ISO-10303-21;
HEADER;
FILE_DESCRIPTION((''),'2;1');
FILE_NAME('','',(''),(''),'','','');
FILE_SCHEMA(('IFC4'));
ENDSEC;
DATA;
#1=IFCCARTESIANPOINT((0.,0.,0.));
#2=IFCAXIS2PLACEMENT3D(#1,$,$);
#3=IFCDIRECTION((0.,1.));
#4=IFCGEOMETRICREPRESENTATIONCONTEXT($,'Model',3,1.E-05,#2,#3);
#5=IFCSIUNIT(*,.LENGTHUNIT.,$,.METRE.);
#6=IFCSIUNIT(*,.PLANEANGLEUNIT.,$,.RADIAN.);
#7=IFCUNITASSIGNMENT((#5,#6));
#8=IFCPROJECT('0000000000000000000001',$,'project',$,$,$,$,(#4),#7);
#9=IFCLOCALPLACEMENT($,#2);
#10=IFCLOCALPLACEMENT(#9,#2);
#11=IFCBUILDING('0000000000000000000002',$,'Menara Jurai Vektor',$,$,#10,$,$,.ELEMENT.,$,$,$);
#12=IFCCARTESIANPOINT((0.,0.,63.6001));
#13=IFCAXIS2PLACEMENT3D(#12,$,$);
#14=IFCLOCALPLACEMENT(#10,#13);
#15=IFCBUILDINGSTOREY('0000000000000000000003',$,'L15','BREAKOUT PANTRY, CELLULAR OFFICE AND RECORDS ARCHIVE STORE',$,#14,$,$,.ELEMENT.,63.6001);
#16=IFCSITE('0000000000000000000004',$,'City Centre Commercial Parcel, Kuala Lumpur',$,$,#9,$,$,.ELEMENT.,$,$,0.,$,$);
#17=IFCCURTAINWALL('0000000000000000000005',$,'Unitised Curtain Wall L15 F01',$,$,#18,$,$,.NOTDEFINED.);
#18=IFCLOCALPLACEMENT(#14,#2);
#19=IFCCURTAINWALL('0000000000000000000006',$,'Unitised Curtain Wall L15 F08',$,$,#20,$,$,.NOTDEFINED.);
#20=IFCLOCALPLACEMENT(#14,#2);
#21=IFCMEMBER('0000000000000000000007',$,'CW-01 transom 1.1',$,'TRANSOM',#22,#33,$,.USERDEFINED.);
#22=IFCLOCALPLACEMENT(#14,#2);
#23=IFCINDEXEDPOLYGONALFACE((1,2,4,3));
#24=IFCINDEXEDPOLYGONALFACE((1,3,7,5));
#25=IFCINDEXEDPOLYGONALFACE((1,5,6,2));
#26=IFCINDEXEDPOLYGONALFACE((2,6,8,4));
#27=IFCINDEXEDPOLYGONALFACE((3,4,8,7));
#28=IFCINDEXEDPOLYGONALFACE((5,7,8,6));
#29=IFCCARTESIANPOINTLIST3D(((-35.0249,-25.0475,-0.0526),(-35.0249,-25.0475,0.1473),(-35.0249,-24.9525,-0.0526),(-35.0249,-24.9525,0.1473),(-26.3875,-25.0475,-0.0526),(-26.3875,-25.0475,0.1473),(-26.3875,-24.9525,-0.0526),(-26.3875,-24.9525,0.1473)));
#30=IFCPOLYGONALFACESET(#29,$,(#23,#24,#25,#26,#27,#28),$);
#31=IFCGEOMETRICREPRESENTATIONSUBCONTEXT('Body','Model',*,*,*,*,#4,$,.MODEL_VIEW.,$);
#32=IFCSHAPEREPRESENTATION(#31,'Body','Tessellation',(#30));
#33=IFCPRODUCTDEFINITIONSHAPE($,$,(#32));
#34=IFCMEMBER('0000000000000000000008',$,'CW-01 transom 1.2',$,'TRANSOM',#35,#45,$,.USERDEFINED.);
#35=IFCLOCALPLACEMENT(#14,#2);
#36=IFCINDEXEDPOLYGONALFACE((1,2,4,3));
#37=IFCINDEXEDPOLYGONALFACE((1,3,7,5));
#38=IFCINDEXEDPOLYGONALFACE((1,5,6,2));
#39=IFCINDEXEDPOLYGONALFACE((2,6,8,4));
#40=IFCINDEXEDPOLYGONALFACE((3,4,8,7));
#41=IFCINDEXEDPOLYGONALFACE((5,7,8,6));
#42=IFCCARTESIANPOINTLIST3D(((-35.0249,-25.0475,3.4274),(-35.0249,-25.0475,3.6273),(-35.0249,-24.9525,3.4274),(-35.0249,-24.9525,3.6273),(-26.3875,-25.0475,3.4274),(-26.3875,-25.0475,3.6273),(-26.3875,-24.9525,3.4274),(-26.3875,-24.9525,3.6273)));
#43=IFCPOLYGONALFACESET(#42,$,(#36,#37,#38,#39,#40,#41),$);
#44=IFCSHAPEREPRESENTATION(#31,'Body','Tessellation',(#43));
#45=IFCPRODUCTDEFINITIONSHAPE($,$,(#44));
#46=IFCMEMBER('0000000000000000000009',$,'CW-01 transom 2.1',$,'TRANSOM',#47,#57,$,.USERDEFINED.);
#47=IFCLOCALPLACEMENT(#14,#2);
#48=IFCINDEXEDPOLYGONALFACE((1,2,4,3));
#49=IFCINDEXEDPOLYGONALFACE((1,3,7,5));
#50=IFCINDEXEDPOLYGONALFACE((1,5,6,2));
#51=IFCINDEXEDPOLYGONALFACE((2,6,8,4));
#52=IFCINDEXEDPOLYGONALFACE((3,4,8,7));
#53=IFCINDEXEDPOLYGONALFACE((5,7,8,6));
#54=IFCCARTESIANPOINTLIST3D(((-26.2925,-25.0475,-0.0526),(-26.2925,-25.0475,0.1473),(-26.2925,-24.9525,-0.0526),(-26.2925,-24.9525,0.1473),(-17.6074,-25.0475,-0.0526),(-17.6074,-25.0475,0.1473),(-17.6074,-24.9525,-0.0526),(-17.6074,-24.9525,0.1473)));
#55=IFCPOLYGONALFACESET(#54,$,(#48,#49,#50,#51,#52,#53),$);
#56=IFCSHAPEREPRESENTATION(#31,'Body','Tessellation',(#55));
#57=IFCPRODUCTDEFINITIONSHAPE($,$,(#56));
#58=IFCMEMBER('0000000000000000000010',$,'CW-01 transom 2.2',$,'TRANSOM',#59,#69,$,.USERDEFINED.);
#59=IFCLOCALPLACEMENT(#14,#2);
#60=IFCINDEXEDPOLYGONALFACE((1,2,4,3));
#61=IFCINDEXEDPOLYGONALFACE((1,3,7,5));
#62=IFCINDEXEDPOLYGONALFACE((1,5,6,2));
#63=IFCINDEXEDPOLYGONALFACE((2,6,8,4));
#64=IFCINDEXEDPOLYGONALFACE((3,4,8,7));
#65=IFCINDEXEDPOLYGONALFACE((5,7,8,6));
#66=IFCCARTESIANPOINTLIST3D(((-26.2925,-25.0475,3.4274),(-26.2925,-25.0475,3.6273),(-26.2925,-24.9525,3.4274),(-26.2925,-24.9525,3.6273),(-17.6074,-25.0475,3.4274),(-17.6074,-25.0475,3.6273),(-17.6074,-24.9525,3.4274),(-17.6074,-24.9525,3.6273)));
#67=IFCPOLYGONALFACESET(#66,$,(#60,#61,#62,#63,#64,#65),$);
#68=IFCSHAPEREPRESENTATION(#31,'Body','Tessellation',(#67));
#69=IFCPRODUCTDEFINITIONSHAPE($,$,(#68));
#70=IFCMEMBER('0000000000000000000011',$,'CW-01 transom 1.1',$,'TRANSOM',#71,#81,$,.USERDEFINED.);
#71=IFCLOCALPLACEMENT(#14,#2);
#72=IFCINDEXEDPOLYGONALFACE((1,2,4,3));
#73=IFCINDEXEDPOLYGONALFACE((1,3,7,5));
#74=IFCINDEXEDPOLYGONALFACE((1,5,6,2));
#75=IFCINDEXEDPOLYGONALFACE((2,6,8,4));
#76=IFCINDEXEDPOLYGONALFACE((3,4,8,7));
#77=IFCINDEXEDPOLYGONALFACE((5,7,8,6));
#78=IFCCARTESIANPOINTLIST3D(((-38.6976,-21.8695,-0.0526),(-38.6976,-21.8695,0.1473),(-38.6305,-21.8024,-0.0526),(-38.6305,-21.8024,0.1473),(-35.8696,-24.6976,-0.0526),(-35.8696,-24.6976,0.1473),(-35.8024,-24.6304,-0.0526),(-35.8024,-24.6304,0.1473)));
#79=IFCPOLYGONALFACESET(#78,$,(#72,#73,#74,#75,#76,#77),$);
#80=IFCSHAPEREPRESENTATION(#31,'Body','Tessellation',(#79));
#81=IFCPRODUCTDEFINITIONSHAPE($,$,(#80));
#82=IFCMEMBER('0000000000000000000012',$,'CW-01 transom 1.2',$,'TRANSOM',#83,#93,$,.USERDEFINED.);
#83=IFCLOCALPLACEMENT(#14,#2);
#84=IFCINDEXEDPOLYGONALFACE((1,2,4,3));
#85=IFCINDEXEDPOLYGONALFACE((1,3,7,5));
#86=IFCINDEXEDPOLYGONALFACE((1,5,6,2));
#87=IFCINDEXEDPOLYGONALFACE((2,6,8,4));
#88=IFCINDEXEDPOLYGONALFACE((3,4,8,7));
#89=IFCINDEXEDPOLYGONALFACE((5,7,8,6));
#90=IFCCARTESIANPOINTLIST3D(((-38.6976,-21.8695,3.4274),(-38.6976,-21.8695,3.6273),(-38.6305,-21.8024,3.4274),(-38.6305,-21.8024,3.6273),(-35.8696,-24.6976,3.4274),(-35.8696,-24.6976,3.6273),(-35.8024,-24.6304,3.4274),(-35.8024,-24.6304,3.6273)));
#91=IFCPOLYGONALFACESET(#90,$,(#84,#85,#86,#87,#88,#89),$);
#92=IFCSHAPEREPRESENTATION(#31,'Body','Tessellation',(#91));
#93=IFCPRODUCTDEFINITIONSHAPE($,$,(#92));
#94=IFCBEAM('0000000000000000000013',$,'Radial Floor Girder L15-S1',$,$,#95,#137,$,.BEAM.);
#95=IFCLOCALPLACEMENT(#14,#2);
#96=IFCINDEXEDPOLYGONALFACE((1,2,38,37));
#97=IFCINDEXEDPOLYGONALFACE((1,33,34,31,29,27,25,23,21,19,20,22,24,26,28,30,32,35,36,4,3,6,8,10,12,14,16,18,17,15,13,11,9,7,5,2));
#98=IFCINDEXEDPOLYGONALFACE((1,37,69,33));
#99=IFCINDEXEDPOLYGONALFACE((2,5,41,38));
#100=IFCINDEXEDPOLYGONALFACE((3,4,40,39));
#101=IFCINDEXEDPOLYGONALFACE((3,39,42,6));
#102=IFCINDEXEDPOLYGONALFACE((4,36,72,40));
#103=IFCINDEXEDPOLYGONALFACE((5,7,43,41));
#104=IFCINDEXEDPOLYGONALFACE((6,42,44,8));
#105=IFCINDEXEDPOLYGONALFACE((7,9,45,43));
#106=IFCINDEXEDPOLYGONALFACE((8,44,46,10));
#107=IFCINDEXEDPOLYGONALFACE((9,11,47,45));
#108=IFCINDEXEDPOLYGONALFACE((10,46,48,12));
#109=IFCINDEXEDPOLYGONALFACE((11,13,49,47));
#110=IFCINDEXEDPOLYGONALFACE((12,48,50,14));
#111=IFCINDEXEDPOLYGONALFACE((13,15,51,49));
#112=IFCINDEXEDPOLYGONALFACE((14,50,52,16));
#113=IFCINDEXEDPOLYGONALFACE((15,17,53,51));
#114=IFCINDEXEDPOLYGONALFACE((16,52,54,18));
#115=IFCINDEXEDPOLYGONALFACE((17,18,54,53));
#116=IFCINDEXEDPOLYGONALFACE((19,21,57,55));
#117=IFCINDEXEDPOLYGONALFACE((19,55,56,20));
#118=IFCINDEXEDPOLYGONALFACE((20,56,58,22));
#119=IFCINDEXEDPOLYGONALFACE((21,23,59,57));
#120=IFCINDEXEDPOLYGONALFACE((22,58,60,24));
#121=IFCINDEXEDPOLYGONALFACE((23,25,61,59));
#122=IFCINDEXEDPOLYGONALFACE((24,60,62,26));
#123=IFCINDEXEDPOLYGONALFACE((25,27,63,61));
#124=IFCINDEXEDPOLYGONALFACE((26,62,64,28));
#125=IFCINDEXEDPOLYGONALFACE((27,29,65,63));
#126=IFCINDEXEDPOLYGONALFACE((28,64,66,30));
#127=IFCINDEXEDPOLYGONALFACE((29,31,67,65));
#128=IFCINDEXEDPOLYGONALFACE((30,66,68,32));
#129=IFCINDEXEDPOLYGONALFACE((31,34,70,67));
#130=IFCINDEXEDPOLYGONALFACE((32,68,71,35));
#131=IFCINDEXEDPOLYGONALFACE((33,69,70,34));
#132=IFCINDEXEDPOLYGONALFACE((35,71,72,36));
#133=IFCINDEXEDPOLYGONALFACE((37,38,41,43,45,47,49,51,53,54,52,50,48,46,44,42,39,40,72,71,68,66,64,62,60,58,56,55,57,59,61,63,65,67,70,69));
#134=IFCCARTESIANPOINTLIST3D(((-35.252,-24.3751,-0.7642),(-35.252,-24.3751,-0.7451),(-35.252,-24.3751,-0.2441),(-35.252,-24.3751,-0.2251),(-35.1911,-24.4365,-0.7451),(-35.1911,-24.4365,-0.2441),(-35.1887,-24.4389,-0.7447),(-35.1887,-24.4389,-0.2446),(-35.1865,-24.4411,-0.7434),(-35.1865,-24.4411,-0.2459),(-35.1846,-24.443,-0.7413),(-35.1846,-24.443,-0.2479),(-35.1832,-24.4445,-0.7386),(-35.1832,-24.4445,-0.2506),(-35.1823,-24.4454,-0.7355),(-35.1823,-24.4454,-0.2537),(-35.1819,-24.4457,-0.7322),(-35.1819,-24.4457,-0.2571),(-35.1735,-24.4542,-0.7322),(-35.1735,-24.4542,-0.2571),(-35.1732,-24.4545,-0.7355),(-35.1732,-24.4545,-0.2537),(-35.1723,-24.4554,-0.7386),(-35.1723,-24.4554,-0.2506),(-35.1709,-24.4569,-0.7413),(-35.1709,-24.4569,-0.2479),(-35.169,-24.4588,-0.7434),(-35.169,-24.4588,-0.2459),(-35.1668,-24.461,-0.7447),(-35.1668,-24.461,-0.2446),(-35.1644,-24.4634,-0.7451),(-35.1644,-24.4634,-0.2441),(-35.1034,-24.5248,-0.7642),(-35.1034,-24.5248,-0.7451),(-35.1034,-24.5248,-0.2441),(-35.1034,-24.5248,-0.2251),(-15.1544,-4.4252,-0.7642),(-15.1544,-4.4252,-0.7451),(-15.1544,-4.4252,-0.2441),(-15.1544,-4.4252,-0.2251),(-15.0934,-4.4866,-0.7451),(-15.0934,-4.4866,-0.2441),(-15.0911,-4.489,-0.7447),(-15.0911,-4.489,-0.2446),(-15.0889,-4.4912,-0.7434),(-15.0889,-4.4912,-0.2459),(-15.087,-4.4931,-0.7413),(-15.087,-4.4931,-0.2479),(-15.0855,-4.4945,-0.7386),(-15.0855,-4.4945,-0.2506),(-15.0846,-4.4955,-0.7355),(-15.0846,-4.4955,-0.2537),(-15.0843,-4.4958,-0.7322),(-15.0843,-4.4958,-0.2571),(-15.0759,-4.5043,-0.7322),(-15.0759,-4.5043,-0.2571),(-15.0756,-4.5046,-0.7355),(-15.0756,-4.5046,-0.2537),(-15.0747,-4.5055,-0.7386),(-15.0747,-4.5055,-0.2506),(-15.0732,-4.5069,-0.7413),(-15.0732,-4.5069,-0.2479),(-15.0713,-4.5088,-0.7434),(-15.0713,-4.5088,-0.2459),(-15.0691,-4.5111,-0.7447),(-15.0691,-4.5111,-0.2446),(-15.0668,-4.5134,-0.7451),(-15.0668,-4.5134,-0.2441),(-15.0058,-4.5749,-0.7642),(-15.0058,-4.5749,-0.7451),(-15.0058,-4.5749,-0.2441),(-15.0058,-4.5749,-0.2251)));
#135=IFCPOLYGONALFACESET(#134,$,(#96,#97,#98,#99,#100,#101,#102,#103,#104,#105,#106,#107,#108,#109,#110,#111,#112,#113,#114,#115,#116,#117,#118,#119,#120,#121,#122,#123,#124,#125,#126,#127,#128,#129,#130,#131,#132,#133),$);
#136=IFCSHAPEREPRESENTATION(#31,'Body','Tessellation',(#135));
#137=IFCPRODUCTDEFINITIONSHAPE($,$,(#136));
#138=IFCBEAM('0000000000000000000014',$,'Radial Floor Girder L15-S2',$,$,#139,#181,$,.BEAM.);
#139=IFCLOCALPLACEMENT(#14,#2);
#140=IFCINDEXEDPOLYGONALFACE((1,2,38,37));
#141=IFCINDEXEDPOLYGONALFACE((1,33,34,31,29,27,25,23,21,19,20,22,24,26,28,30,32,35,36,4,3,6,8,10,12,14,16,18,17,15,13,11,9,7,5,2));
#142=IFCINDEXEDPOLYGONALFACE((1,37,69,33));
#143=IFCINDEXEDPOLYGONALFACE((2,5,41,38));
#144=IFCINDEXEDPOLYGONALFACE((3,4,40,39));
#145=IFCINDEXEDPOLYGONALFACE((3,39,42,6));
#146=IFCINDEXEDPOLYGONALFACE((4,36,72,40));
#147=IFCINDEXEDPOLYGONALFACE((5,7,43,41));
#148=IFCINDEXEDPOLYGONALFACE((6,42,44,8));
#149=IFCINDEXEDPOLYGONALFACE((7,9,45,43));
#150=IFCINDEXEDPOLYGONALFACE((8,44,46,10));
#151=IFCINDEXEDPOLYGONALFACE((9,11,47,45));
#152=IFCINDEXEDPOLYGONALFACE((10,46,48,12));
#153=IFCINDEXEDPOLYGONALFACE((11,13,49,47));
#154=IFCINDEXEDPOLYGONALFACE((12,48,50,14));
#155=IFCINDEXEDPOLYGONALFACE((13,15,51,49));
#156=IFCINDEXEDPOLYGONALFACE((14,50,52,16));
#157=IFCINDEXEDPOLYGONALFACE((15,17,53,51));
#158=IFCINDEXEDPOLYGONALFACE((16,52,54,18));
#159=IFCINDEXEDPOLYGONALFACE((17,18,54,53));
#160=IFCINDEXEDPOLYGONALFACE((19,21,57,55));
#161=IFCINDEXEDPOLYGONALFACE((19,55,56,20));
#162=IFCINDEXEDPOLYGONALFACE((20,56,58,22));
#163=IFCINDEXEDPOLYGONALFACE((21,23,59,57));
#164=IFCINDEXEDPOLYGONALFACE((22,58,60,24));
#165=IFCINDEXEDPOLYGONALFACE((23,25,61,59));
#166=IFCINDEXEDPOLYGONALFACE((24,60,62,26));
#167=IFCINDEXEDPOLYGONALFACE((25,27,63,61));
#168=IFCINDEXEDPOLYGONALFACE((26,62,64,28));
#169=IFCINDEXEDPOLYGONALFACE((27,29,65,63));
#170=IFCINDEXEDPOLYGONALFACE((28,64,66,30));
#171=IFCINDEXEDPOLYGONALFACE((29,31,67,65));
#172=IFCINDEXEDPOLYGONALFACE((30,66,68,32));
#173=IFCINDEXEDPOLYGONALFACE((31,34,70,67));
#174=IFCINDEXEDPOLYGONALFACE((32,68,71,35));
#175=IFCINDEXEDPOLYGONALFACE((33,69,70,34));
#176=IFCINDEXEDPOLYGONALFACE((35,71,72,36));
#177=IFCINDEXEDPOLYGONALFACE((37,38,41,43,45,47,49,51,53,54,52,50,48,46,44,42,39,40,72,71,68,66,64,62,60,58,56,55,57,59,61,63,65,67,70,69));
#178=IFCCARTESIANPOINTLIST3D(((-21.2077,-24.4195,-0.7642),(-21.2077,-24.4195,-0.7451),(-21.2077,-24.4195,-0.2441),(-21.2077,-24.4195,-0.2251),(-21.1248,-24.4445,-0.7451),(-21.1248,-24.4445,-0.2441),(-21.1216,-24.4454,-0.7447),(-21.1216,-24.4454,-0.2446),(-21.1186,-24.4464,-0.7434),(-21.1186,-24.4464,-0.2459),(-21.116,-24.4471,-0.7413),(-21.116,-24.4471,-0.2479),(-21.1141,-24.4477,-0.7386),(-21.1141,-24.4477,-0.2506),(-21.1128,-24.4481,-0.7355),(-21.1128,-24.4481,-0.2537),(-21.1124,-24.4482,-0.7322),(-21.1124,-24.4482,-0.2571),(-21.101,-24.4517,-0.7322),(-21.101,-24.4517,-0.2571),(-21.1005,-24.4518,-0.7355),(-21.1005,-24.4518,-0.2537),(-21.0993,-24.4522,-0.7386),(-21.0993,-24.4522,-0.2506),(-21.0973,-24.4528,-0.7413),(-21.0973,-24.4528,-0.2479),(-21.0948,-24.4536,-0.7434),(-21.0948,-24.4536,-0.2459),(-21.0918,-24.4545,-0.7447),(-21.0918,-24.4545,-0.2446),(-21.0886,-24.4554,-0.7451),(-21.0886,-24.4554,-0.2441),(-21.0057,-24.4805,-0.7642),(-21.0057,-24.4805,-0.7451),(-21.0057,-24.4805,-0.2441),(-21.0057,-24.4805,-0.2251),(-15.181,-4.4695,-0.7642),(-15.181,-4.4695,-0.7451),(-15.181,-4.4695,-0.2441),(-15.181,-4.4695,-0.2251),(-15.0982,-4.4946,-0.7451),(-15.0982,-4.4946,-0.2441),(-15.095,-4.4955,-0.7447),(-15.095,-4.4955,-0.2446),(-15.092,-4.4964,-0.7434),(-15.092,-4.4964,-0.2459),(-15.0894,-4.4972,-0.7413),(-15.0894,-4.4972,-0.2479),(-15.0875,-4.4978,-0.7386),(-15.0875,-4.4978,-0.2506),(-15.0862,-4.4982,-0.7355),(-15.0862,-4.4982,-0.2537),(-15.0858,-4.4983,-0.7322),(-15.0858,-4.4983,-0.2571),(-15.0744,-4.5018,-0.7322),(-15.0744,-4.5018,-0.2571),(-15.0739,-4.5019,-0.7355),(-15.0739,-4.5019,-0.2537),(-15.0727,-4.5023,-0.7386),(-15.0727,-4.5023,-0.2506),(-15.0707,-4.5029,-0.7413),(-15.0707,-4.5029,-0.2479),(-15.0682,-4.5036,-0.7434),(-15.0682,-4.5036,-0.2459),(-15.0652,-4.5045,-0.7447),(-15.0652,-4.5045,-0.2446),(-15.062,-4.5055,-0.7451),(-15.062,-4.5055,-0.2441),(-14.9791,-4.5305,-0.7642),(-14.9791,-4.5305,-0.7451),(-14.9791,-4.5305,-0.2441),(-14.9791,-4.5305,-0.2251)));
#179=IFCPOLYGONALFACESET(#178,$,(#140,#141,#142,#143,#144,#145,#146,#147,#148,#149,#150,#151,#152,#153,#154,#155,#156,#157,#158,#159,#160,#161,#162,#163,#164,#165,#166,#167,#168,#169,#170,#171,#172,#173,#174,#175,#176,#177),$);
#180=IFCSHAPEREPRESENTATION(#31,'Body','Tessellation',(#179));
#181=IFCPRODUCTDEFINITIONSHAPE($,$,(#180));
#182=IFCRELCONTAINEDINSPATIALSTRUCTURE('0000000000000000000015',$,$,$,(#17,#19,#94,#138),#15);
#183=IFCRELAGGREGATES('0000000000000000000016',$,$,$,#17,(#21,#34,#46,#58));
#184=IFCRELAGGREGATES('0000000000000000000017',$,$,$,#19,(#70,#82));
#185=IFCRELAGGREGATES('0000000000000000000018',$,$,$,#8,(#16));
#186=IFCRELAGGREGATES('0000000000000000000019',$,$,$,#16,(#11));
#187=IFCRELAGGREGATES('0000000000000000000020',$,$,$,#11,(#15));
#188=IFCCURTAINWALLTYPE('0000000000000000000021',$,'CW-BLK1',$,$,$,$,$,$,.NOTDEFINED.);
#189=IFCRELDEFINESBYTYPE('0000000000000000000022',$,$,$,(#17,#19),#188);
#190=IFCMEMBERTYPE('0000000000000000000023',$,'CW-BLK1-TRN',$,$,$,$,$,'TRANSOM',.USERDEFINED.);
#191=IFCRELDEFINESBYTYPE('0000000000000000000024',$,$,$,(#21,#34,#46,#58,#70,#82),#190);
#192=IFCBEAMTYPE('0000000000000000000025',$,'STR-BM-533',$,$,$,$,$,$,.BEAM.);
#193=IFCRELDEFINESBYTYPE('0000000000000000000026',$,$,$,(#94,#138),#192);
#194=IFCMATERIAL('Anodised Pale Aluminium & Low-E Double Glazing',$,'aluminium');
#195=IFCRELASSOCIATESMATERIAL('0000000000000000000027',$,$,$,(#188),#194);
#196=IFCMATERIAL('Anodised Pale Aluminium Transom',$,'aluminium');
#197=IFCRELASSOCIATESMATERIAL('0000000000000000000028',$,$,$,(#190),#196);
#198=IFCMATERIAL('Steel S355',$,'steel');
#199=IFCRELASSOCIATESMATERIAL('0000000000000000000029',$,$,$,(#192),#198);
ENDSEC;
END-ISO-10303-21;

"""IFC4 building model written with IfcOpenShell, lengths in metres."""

from ifc_helpers import new_model, si_unit, direction, frame, origin, origin_2d, place, context, subcontext, project, spatial, rectangle, i_section, extrude, material, material_profile, profile_set, type_object, element, aggregate, save


model = new_model("IFC4")

# Units and contexts
model_context = context("Model", 3, precision=1e-05, world=origin(), true_north=direction((0.0, 1.0)))
body_context = subcontext(model_context, "Body", "Model", "MODEL_VIEW")
ifc_project = project(units=[si_unit("LENGTHUNIT", "METRE"), si_unit("PLANEANGLEUNIT", "RADIAN")], contexts=[model_context])

# Site, building, storey
site_placement = place(None, origin())
site = spatial("IfcSite", under=ifc_project, at=site_placement, Name="City Centre Commercial Parcel, Kuala Lumpur", CompositionType="ELEMENT", RefElevation=0.0)
building_placement = place(site_placement, origin())
building = spatial("IfcBuilding", under=site, at=building_placement, Name="Menara Jurai Vektor", CompositionType="ELEMENT")
storey_placement = place(building_placement, frame((0.0, 0.0, 63.6001)))
storey = spatial("IfcBuildingStorey", under=building, at=storey_placement, Name="L15", Description="BREAKOUT PANTRY, CELLULAR OFFICE AND RECORDS ARCHIVE STORE", CompositionType="ELEMENT", Elevation=63.6001)

# Curtain walls
ifc_material_1 = material(Name="Anodised Pale Aluminium & Low-E Double Glazing", Category="aluminium")
curtain_wall_type = type_object("IfcCurtainWallType", Name="CW-BLK1", PredefinedType="NOTDEFINED", material=ifc_material_1)
curtain_wall_1_placement = place(storey_placement, origin())
curtain_wall_1 = element("IfcCurtainWall", 1, at=curtain_wall_1_placement, inside=storey, type_object=curtain_wall_type, Name="Unitised Curtain Wall L15 F01", PredefinedType="NOTDEFINED")
curtain_wall_2_placement = place(storey_placement, origin())
curtain_wall_2 = element("IfcCurtainWall", 2, at=curtain_wall_2_placement, inside=storey, type_object=curtain_wall_type, Name="Unitised Curtain Wall L15 F08", PredefinedType="NOTDEFINED")

# Members
ifc_material_2 = material(Name="Anodised Pale Aluminium Transom", Category="aluminium")
ifc_material_profile_1 = material_profile(ifc_material_2, rectangle(XDim=0.095, YDim=0.2, at=origin_2d()), Name="ALU TRN 95x200")
ifc_profile_set_1 = profile_set([ifc_material_profile_1], Name="Anodised Pale Aluminium Transom")
member_type_1 = type_object("IfcMemberType", Name="CW-BLK1-TRN", ElementType="TRANSOM", PredefinedType="USERDEFINED", material=ifc_profile_set_1)
member_1_placement = place(storey_placement, frame((-35.0249, -25.0, 0.0474), z_axis=(1.0, 0.0, 0.0), x_axis=(0.0, 1.0, 0.0)))
member_1 = element("IfcMember", 3, at=member_1_placement, type_object=member_type_1, Name="CW-01 transom 1.1", ObjectType="TRANSOM", PredefinedType="USERDEFINED", context=body_context, shape_type="SweptSolid", body=[
    extrude(rectangle(XDim=0.095, YDim=0.2, at=origin_2d()), origin(), (0.0, 0.0, 1.0), 8.6375),
])
member_2_placement = place(storey_placement, frame((-35.0249, -25.0, 3.5273), z_axis=(1.0, 0.0, 0.0), x_axis=(0.0, 1.0, 0.0)))
member_2 = element("IfcMember", 4, at=member_2_placement, type_object=member_type_1, Name="CW-01 transom 1.2", ObjectType="TRANSOM", PredefinedType="USERDEFINED", context=body_context, shape_type="SweptSolid", body=[
    extrude(rectangle(XDim=0.095, YDim=0.2, at=origin_2d()), origin(), (0.0, 0.0, 1.0), 8.6375),
])
member_3_placement = place(storey_placement, frame((-26.2925, -25.0, 0.0474), z_axis=(1.0, 0.0, 0.0), x_axis=(0.0, 1.0, 0.0)))
member_3 = element("IfcMember", 5, at=member_3_placement, type_object=member_type_1, Name="CW-01 transom 2.1", ObjectType="TRANSOM", PredefinedType="USERDEFINED", context=body_context, shape_type="SweptSolid", body=[
    extrude(rectangle(XDim=0.095, YDim=0.2, at=origin_2d()), origin(), (0.0, 0.0, 1.0), 8.6851),
])
member_4_placement = place(storey_placement, frame((-26.2925, -25.0, 3.5273), z_axis=(1.0, 0.0, 0.0), x_axis=(0.0, 1.0, 0.0)))
member_4 = element("IfcMember", 6, at=member_4_placement, type_object=member_type_1, Name="CW-01 transom 2.2", ObjectType="TRANSOM", PredefinedType="USERDEFINED", context=body_context, shape_type="SweptSolid", body=[
    extrude(rectangle(XDim=0.095, YDim=0.2, at=origin_2d()), origin(), (0.0, 0.0, 1.0), 8.6851),
])
member_5_placement = place(storey_placement, frame((-38.6641, -21.8359, 0.0474), z_axis=(0.707107, -0.707107, 0.0), x_axis=(0.707107, 0.707107, 0.0)))
member_5 = element("IfcMember", 7, at=member_5_placement, type_object=member_type_1, Name="CW-01 transom 1.1", ObjectType="TRANSOM", PredefinedType="USERDEFINED", context=body_context, shape_type="SweptSolid", body=[
    extrude(rectangle(XDim=0.095, YDim=0.2, at=origin_2d()), origin(), (0.0, 0.0, 1.0), 3.9995),
])
member_6_placement = place(storey_placement, frame((-38.6641, -21.8359, 3.5273), z_axis=(0.707107, -0.707107, 0.0), x_axis=(0.707107, 0.707107, 0.0)))
member_6 = element("IfcMember", 8, at=member_6_placement, type_object=member_type_1, Name="CW-01 transom 1.2", ObjectType="TRANSOM", PredefinedType="USERDEFINED", context=body_context, shape_type="SweptSolid", body=[
    extrude(rectangle(XDim=0.095, YDim=0.2, at=origin_2d()), origin(), (0.0, 0.0, 1.0), 3.9995),
])

# Beams
ifc_material_3 = material(Name="Steel S355", Category="steel")
ifc_material_profile_2 = material_profile(ifc_material_3, i_section(OverallWidth=0.2109, OverallDepth=0.5391, WebThickness=0.012, FlangeThickness=0.019, FilletRadius=0.0129, at=origin_2d()), Name="UKB 533x210x109")
ifc_profile_set_2 = profile_set([ifc_material_profile_2], Name="Steel S355")
beam_type_1 = type_object("IfcBeamType", Name="STR-BM-533", PredefinedType="BEAM", material=ifc_profile_set_2)
beam_1_placement = place(storey_placement, frame((-35.1777, -24.45, -0.4946), z_axis=(0.70971, 0.704494, 0.0), x_axis=(-0.704494, 0.70971, 0.0)))
element("IfcBeam", 9, at=beam_1_placement, inside=storey, type_object=beam_type_1, Name="Radial Floor Girder L15-S1", PredefinedType="BEAM", context=body_context, shape_type="SweptSolid", body=[
    extrude(i_section(OverallWidth=0.2109, OverallDepth=0.5391, WebThickness=0.012, FlangeThickness=0.019, FilletRadius=0.0129, at=origin_2d()), origin(), (0.0, 0.0, 1.0), 28.3181),
])
beam_2_placement = place(storey_placement, frame((-21.1067, -24.45, -0.4946), z_axis=(0.28918, 0.957275, 0.0), x_axis=(-0.957275, 0.28918, 0.0)))
element("IfcBeam", 10, at=beam_2_placement, inside=storey, type_object=beam_type_1, Name="Radial Floor Girder L15-S2", PredefinedType="BEAM", context=body_context, shape_type="SweptSolid", body=[
    extrude(i_section(OverallWidth=0.2109, OverallDepth=0.5391, WebThickness=0.012, FlangeThickness=0.019, FilletRadius=0.0129, at=origin_2d()), origin(), (0.0, 0.0, 1.0), 20.8403),
])

aggregate(curtain_wall_1, [member_1, member_2, member_3, member_4])
aggregate(curtain_wall_2, [member_5, member_6])

save(model, "model.ifc")
